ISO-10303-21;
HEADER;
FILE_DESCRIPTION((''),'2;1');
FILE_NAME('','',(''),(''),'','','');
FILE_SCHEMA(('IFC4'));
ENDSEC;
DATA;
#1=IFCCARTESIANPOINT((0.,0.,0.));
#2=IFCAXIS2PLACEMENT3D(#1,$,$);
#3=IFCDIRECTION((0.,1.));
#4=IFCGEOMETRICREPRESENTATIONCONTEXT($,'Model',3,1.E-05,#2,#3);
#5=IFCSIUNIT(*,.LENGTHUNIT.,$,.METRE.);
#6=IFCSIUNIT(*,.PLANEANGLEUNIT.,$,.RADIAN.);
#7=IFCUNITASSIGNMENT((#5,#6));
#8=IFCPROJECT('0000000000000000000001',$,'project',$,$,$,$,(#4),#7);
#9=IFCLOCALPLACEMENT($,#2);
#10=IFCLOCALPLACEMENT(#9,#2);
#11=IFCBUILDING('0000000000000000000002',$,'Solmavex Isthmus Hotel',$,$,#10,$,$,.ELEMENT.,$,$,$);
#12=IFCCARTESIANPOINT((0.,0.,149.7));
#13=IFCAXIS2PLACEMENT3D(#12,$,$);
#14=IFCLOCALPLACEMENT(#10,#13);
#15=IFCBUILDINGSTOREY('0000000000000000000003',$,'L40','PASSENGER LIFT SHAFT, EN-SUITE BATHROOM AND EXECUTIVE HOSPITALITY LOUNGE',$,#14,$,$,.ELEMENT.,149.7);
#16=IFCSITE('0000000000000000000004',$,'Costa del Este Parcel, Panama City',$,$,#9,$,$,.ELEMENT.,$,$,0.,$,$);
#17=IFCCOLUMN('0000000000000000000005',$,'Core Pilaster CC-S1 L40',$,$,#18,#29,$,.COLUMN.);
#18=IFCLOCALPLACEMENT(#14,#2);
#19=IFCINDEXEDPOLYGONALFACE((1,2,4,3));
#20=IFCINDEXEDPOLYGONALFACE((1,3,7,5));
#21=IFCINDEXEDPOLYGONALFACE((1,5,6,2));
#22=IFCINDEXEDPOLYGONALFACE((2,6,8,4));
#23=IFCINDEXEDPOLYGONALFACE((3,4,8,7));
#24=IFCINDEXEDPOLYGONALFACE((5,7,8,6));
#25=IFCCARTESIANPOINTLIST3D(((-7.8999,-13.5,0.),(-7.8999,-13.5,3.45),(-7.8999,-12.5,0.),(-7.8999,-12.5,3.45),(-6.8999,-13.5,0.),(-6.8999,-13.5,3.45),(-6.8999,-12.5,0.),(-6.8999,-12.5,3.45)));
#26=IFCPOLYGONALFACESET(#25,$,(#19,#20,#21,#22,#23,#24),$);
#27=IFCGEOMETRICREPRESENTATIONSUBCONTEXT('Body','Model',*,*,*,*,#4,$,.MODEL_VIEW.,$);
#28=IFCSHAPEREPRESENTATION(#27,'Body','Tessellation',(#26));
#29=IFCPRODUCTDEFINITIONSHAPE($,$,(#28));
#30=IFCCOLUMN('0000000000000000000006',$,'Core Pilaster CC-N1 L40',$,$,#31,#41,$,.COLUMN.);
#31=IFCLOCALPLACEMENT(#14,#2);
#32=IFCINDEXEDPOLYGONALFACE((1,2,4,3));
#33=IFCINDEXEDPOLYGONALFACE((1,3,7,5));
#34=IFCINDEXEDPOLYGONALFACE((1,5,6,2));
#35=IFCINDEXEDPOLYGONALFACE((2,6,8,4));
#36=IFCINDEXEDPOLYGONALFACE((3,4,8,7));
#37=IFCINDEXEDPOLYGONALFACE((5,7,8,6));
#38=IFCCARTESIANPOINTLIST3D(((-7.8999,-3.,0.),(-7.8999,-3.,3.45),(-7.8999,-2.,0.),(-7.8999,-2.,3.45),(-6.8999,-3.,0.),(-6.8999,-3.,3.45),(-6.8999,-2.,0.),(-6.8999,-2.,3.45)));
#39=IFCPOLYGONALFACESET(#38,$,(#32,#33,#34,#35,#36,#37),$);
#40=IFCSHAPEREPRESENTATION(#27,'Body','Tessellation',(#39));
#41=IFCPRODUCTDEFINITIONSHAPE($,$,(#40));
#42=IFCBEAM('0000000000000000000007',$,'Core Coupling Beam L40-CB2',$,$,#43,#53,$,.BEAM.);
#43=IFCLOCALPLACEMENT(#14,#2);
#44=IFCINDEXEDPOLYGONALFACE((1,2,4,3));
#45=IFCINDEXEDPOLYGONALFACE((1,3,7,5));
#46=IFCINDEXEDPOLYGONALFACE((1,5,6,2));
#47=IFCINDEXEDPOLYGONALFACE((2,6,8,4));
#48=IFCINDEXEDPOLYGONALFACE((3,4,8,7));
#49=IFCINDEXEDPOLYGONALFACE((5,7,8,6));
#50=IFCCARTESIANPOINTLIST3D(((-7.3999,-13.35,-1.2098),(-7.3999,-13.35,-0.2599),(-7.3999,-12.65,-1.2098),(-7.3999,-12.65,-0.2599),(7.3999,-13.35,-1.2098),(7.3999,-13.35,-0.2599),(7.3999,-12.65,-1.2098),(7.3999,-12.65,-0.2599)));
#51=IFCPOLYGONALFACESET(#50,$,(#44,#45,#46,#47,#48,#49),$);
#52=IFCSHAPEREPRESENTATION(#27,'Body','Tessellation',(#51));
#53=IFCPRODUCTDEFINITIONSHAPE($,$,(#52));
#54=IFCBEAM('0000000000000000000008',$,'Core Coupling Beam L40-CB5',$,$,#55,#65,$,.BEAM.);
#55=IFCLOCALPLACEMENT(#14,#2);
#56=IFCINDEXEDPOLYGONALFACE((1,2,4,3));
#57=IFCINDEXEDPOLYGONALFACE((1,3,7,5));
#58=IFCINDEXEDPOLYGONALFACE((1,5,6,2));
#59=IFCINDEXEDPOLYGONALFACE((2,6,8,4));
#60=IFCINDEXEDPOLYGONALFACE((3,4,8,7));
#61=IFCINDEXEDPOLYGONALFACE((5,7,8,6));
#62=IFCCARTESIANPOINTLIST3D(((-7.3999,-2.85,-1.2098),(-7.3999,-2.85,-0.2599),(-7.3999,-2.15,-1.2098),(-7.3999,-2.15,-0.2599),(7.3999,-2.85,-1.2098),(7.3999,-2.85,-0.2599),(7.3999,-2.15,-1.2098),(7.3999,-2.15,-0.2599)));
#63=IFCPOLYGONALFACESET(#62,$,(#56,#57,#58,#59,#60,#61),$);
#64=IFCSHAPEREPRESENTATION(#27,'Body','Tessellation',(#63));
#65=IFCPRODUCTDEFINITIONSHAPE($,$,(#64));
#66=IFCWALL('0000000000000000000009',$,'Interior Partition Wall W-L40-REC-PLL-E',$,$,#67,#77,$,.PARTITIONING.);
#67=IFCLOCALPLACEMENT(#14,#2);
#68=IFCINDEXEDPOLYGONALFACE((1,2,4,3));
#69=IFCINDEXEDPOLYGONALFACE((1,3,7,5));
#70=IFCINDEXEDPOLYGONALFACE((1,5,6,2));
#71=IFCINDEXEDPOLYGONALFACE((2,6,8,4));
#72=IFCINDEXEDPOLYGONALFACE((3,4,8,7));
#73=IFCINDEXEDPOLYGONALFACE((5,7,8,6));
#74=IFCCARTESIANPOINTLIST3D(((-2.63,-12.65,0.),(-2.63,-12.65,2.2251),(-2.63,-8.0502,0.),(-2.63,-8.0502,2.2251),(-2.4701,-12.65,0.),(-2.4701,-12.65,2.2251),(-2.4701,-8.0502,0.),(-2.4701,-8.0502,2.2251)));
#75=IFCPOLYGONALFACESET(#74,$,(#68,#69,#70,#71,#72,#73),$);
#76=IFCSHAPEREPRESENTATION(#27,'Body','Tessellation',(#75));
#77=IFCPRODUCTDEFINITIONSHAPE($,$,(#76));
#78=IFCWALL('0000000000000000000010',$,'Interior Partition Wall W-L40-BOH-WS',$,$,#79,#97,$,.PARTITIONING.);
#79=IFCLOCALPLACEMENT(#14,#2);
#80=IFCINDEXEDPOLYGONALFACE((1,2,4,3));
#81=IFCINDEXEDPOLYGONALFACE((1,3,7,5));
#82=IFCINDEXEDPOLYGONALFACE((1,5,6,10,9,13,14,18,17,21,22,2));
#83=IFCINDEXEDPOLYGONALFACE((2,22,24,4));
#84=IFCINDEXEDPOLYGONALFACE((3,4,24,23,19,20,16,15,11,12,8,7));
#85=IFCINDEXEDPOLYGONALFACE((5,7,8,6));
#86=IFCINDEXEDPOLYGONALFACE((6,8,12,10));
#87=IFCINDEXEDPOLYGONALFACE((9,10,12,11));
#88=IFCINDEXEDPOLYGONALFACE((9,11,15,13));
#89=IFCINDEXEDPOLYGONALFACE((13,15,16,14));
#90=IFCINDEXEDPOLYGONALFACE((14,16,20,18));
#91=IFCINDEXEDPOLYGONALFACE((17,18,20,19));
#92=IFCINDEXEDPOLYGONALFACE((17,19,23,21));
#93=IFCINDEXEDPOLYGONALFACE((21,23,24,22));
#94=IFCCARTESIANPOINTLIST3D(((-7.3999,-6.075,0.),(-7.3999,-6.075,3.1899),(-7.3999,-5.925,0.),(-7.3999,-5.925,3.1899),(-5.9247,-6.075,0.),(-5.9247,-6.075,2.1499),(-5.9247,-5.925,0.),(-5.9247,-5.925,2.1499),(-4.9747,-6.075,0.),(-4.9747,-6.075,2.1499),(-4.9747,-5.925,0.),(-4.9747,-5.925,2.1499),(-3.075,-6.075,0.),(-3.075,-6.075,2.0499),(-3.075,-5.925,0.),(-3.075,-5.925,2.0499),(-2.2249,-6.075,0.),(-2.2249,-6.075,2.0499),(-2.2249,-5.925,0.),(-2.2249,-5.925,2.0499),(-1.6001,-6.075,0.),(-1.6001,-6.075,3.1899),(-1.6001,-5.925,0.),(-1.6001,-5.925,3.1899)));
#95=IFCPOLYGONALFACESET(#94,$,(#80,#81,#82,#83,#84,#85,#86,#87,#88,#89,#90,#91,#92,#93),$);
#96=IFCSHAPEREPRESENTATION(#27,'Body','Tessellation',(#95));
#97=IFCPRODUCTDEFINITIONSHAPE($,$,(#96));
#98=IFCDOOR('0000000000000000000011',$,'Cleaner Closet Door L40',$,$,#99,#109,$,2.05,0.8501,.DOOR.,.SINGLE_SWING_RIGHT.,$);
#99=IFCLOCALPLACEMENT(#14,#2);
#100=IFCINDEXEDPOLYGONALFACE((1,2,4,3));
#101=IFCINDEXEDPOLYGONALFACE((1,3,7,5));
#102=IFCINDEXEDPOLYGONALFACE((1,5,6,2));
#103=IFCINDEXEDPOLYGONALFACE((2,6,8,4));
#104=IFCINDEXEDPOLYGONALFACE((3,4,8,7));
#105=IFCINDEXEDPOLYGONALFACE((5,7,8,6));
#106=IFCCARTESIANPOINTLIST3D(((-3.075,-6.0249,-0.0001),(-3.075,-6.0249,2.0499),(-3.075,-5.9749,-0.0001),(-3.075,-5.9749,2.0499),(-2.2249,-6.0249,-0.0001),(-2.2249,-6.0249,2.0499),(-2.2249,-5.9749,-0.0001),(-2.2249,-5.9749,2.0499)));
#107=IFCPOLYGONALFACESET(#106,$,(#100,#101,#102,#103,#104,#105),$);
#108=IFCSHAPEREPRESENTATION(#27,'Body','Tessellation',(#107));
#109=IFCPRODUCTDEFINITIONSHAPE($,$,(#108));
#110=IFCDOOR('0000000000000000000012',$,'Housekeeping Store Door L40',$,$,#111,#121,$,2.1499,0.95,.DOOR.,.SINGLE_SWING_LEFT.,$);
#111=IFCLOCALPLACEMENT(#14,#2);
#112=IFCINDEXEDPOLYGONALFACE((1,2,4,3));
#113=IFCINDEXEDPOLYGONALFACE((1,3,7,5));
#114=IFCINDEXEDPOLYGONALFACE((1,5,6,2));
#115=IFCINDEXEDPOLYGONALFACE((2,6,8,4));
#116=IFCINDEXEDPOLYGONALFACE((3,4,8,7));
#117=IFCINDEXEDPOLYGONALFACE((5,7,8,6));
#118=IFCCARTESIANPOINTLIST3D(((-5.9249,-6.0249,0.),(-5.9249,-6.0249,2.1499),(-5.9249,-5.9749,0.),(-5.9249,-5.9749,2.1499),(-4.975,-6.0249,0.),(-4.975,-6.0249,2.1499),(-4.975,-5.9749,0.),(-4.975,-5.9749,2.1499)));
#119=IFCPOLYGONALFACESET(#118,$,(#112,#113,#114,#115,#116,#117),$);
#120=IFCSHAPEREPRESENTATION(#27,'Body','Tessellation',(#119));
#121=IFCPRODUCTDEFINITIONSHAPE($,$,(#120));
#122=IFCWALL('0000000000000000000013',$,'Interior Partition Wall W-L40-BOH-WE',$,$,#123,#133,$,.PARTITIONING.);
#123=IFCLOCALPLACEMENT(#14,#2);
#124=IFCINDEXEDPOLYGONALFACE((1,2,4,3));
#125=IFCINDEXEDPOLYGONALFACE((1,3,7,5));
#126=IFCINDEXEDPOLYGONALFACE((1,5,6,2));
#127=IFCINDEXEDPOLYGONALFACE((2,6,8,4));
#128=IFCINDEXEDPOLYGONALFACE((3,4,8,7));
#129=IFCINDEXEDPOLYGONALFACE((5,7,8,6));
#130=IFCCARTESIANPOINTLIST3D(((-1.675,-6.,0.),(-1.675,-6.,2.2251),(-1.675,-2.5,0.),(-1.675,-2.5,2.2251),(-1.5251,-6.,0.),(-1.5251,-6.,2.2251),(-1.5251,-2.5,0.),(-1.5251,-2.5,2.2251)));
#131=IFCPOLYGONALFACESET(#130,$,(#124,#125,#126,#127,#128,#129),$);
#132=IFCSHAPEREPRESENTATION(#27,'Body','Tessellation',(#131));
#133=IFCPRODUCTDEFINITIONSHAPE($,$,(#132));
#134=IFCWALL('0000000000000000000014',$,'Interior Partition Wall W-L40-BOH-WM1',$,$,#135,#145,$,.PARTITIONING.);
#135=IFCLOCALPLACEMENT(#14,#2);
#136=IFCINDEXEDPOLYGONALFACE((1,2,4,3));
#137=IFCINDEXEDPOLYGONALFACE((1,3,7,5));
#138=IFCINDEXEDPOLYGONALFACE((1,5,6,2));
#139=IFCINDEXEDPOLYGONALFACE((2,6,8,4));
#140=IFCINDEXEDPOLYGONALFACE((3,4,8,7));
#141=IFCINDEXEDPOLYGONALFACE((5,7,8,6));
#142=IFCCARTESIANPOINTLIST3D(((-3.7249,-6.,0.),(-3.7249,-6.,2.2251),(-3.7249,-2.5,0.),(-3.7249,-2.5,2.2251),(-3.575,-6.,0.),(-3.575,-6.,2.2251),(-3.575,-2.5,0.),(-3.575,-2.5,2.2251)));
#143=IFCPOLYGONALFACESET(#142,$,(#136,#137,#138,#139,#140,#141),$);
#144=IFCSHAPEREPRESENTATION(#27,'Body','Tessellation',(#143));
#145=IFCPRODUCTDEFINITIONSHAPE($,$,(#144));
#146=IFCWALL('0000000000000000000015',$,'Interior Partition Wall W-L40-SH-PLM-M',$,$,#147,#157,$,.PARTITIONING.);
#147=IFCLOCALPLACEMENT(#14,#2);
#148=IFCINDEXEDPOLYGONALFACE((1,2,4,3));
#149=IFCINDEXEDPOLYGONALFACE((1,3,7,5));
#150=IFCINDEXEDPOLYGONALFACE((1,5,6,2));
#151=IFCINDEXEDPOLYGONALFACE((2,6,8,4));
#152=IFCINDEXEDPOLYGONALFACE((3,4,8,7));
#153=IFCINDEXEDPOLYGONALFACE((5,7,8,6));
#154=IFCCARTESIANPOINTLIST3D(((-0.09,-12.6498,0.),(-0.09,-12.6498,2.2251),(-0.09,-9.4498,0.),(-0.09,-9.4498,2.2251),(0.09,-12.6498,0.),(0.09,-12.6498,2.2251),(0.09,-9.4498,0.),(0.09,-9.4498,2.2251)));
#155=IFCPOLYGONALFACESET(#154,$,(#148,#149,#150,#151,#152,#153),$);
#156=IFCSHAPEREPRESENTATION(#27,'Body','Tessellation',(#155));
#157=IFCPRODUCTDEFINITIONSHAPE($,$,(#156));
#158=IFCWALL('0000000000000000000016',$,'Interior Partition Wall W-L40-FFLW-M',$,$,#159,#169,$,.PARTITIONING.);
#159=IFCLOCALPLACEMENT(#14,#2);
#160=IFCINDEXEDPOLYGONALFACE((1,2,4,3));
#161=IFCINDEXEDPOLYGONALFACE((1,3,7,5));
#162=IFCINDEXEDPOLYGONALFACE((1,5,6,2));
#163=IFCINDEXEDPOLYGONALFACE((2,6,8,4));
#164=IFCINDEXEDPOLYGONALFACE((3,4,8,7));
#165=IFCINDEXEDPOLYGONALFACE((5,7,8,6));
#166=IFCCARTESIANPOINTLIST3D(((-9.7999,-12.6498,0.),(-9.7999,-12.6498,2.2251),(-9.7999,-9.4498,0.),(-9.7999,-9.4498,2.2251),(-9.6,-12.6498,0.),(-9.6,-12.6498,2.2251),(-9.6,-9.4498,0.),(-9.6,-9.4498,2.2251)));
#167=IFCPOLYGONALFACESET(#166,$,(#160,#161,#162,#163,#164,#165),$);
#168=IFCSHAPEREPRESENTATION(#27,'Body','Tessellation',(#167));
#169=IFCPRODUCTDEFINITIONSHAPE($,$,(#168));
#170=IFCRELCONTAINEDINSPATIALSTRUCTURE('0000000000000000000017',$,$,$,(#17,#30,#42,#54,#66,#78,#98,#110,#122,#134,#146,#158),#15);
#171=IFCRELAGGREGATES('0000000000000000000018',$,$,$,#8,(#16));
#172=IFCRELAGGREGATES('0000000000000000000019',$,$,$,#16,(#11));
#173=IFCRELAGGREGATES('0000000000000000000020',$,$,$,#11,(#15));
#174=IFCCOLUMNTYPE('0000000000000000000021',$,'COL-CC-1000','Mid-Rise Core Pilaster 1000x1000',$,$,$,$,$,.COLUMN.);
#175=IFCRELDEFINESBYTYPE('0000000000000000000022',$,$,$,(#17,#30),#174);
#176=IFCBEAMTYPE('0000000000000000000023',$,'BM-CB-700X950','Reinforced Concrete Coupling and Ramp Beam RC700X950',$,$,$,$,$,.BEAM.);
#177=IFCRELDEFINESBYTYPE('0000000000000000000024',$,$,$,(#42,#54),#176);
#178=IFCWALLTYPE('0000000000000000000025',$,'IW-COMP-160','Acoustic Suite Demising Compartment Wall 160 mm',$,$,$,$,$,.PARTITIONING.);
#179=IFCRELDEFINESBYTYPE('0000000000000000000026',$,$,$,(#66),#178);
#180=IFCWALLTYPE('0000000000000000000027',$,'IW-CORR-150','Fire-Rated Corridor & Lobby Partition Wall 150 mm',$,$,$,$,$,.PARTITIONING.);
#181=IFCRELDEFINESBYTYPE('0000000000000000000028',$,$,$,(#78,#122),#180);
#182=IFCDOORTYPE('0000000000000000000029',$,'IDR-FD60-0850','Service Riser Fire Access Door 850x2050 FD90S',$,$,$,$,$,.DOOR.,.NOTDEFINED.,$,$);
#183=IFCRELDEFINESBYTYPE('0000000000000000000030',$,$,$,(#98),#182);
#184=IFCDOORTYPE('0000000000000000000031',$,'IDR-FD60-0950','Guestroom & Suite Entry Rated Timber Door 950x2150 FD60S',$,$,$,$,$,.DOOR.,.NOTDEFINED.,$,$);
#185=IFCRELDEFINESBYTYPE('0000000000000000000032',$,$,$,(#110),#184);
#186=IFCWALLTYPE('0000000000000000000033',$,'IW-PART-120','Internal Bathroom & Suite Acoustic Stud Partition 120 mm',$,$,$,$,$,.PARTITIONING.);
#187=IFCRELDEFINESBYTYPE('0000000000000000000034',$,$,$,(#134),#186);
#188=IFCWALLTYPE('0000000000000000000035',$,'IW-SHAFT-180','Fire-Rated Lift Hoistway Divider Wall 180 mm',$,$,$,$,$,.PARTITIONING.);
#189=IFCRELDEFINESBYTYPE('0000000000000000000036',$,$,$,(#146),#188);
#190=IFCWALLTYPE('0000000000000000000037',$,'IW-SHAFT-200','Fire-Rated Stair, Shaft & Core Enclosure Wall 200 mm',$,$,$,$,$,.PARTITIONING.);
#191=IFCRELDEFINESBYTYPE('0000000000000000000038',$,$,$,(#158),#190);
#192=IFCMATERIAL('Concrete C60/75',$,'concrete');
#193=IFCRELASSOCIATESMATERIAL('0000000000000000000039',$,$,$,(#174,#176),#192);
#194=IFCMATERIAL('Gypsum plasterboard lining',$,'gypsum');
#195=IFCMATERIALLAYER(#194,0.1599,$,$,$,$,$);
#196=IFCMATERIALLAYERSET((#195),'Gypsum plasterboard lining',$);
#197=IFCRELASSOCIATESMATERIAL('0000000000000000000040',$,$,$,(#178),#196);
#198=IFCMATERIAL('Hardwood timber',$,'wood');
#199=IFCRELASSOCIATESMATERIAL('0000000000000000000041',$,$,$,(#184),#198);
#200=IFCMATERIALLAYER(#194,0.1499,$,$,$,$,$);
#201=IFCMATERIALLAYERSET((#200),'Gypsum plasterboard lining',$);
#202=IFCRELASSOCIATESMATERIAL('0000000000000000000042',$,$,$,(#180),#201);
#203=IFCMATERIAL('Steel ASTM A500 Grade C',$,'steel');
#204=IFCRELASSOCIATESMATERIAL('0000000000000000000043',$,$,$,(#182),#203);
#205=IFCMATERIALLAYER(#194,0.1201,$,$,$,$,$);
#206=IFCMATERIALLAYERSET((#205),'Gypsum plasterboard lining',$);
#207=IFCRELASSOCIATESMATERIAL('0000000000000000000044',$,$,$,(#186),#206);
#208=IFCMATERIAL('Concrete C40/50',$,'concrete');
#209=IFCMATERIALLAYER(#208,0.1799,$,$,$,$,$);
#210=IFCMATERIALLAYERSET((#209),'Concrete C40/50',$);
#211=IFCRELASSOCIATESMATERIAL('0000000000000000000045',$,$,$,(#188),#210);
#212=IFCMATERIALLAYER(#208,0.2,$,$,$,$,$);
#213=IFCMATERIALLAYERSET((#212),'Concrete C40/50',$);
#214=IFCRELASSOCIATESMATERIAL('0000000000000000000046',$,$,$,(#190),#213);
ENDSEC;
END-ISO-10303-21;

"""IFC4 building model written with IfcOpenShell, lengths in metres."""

from ifc_helpers import new_model, si_unit, direction, frame, frame_2d, origin, origin_2d, place, context, subcontext, project, spatial, rectangle, extrude, material, layer, layer_set, material_profile, profile_set, type_object, element, fill, save


model = new_model("IFC4")

# Units and contexts
model_context = context("Model", 3, precision=1e-05, world=origin(), true_north=direction((0.0, 1.0)))
body_context = subcontext(model_context, "Body", "Model", "MODEL_VIEW")
ifc_project = project(units=[si_unit("LENGTHUNIT", "METRE"), si_unit("PLANEANGLEUNIT", "RADIAN")], contexts=[model_context])

# Site, building, storey
site_placement = place(None, origin())
site = spatial("IfcSite", under=ifc_project, at=site_placement, Name="Costa del Este Parcel, Panama City", CompositionType="ELEMENT", RefElevation=0.0)
building_placement = place(site_placement, origin())
building = spatial("IfcBuilding", under=site, at=building_placement, Name="Solmavex Isthmus Hotel", CompositionType="ELEMENT")
storey_placement = place(building_placement, frame((0.0, 0.0, 149.7)))
storey = spatial("IfcBuildingStorey", under=building, at=storey_placement, Name="L40", Description="PASSENGER LIFT SHAFT, EN-SUITE BATHROOM AND EXECUTIVE HOSPITALITY LOUNGE", CompositionType="ELEMENT", Elevation=149.7)

# Columns
ifc_material_1 = material(Name="Concrete C60/75", Category="concrete")
ifc_material_profile_1 = material_profile(ifc_material_1, rectangle(XDim=1.0, YDim=1.0, at=origin_2d()), Name="RC1000X1000")
ifc_profile_set_1 = profile_set([ifc_material_profile_1], Name="Concrete C60/75")
column_type = type_object("IfcColumnType", Name="COL-CC-1000", Description="Mid-Rise Core Pilaster 1000x1000", PredefinedType="COLUMN", material=ifc_profile_set_1)
for number, where, z_axis, x_axis, name in (
    (1, (-7.3999, -13.0, 0.0), (0.0, 0.0, 1.0), (1.0, 0.0, 0.0), "Core Pilaster CC-S1 L40"),
    (2, (-7.3999, -2.5, 0.0), (0.0, 0.0, 1.0), (1.0, 0.0, 0.0), "Core Pilaster CC-N1 L40"),
):
    element("IfcColumn", number, at=place(storey_placement, frame(where, z_axis=z_axis, x_axis=x_axis)), inside=storey, type_object=column_type, Name=name, PredefinedType="COLUMN", context=body_context, shape_type="SweptSolid", body=[
        extrude(rectangle(XDim=1.0, YDim=1.0, at=origin_2d()), origin(), (0.0, 0.0, 1.0), 3.45),
    ])

# Beams
ifc_material_profile_2 = material_profile(ifc_material_1, rectangle(XDim=0.7, YDim=0.95, at=origin_2d()), Name="RC700X950")
ifc_profile_set_2 = profile_set([ifc_material_profile_2], Name="Concrete C60/75")
beam_type = type_object("IfcBeamType", Name="BM-CB-700X950", Description="Reinforced Concrete Coupling and Ramp Beam RC700X950", PredefinedType="BEAM", material=ifc_profile_set_2)
for number, where, z_axis, x_axis, name in (
    (3, (-7.3999, -13.0, -0.7349), (1.0, 0.0, 0.0), (0.0, 1.0, 0.0), "Core Coupling Beam L40-CB2"),
    (4, (-7.3999, -2.5, -0.7349), (1.0, 0.0, 0.0), (0.0, 1.0, 0.0), "Core Coupling Beam L40-CB5"),
):
    element("IfcBeam", number, at=place(storey_placement, frame(where, z_axis=z_axis, x_axis=x_axis)), inside=storey, type_object=beam_type, Name=name, PredefinedType="BEAM", context=body_context, shape_type="SweptSolid", body=[
        extrude(rectangle(XDim=0.7, YDim=0.95, at=origin_2d()), origin(), (0.0, 0.0, 1.0), 14.7998),
    ])

# Shared definitions
ifc_material_2 = material(Name="Gypsum plasterboard lining", Category="gypsum")
ifc_layer_1 = layer(ifc_material_2, 0.1599)
ifc_layer_set_1 = layer_set([ifc_layer_1], Name="Gypsum plasterboard lining")
wall_type_1 = type_object("IfcWallType", Name="IW-COMP-160", Description="Acoustic Suite Demising Compartment Wall 160 mm", PredefinedType="PARTITIONING", material=ifc_layer_set_1)
ifc_material_3 = material(Name="Hardwood timber", Category="wood")
door_type_1 = type_object("IfcDoorType", Name="IDR-FD60-0950", Description="Guestroom & Suite Entry Rated Timber Door 950x2150 FD60S", OperationType="NOTDEFINED", PredefinedType="DOOR", material=ifc_material_3)

# Wall
wall_1_placement = place(storey_placement, frame((-2.55, -12.6499, 0.0), z_axis=(0.0, 0.0, 1.0), x_axis=(0.0, 1.0, 0.0)))
element("IfcWall", 5, at=wall_1_placement, inside=storey, type_object=wall_type_1, Name="Interior Partition Wall W-L40-REC-PLL-E", PredefinedType="PARTITIONING", context=body_context, shape_type="SweptSolid", body=[
    extrude(rectangle(XDim=4.5999, YDim=0.1599, at=frame_2d((2.2998, 0.0))), origin(), (0.0, 0.0, 1.0), 2.2251),
])

# Wall, openings, doors
ifc_layer_2 = layer(ifc_material_2, 0.1499)
ifc_layer_set_2 = layer_set([ifc_layer_2], Name="Gypsum plasterboard lining")
wall_type_2 = type_object("IfcWallType", Name="IW-CORR-150", Description="Fire-Rated Corridor & Lobby Partition Wall 150 mm", PredefinedType="PARTITIONING", material=ifc_layer_set_2)
wall_2_placement = place(storey_placement, frame((-7.3999, -6.0, 0.0), z_axis=(0.0, 0.0, 1.0), x_axis=(1.0, 0.0, 0.0)))
wall_2 = element("IfcWall", 6, at=wall_2_placement, inside=storey, type_object=wall_type_2, Name="Interior Partition Wall W-L40-BOH-WS", PredefinedType="PARTITIONING", context=body_context, shape_type="SweptSolid", body=[
    extrude(rectangle(XDim=5.7998, YDim=0.1499, at=frame_2d((2.8999, 0.0))), origin(), (0.0, 0.0, 1.0), 3.1899),
])
opening_1_placement = place(wall_2_placement, frame((1.4751, 0.0, 0.0)))
opening_1 = element("IfcOpeningElement", 7, at=opening_1_placement, cuts=wall_2, PredefinedType="OPENING", context=body_context, shape_type="SweptSolid", body=[
    extrude(rectangle(XDim=0.95, YDim=2.1499, at=frame_2d((0.4751, 1.075))), frame((0.0, 0.085, 0.0), z_axis=(0.0, -1.0, 0.0), x_axis=(1.0, 0.0, 0.0)), (0.0, 0.0, 1.0), 0.1699),
])
opening_2_placement = place(wall_2_placement, frame((4.325, 0.0, 0.0)))
opening_2 = element("IfcOpeningElement", 8, at=opening_2_placement, cuts=wall_2, PredefinedType="OPENING", context=body_context, shape_type="SweptSolid", body=[
    extrude(rectangle(XDim=0.8501, YDim=2.05, at=frame_2d((0.425, 1.0249))), frame((0.0, 0.085, 0.0), z_axis=(0.0, -1.0, 0.0), x_axis=(1.0, 0.0, 0.0)), (0.0, 0.0, 1.0), 0.1699),
])
ifc_material_4 = material(Name="Steel ASTM A500 Grade C", Category="steel")
door_type_2 = type_object("IfcDoorType", Name="IDR-FD60-0850", Description="Service Riser Fire Access Door 850x2050 FD90S", OperationType="NOTDEFINED", PredefinedType="DOOR", material=ifc_material_4)
door_1_placement = place(opening_2_placement, frame((0.8501, 0.0, 0.0), z_axis=(0.0, 0.0, 1.0), x_axis=(-1.0, 0.0, 0.0)))
door_1 = element("IfcDoor", 9, at=door_1_placement, inside=storey, type_object=door_type_2, Name="Cleaner Closet Door L40", OperationType="SINGLE_SWING_RIGHT", OverallHeight=2.05, OverallWidth=0.8501, PredefinedType="DOOR", context=body_context, shape_type="SweptSolid", body=[
    extrude(rectangle(XDim=0.8501, YDim=2.05, at=frame_2d((0.425, 1.0249))), frame((0.0, 0.0249, 0.0), z_axis=(0.0, -1.0, 0.0), x_axis=(1.0, 0.0, 0.0)), (0.0, 0.0, 1.0), 0.05),
])
fill(opening_2, door_1)
door_2_placement = place(opening_1_placement, frame((0.95, 0.0, 0.0), z_axis=(0.0, 0.0, 1.0), x_axis=(-1.0, 0.0, 0.0)))
door_2 = element("IfcDoor", 10, at=door_2_placement, inside=storey, type_object=door_type_1, Name="Housekeeping Store Door L40", OperationType="SINGLE_SWING_LEFT", OverallHeight=2.1499, OverallWidth=0.95, PredefinedType="DOOR", context=body_context, shape_type="SweptSolid", body=[
    extrude(rectangle(XDim=0.95, YDim=2.1499, at=frame_2d((0.4751, 1.075))), frame((0.0, 0.0249, 0.0), z_axis=(0.0, -1.0, 0.0), x_axis=(1.0, 0.0, 0.0)), (0.0, 0.0, 1.0), 0.05),
])
fill(opening_1, door_2)

# Walls
wall_3_placement = place(storey_placement, frame((-1.6001, -6.0, 0.0), z_axis=(0.0, 0.0, 1.0), x_axis=(0.0, 1.0, 0.0)))
element("IfcWall", 11, at=wall_3_placement, inside=storey, type_object=wall_type_2, Name="Interior Partition Wall W-L40-BOH-WE", PredefinedType="PARTITIONING", context=body_context, shape_type="SweptSolid", body=[
    extrude(rectangle(XDim=3.5, YDim=0.1499, at=frame_2d((1.75, 0.0))), origin(), (0.0, 0.0, 1.0), 2.2251),
])
ifc_layer_3 = layer(ifc_material_2, 0.1201)
ifc_layer_set_3 = layer_set([ifc_layer_3], Name="Gypsum plasterboard lining")
wall_type_3 = type_object("IfcWallType", Name="IW-PART-120", Description="Internal Bathroom & Suite Acoustic Stud Partition 120 mm", PredefinedType="PARTITIONING", material=ifc_layer_set_3)
wall_4_placement = place(storey_placement, frame((-3.6499, -6.0, 0.0), z_axis=(0.0, 0.0, 1.0), x_axis=(0.0, 1.0, 0.0)))
element("IfcWall", 12, at=wall_4_placement, inside=storey, type_object=wall_type_3, Name="Interior Partition Wall W-L40-BOH-WM1", PredefinedType="PARTITIONING", context=body_context, shape_type="SweptSolid", body=[
    extrude(rectangle(XDim=3.5, YDim=0.1499, at=frame_2d((1.75, 0.0))), origin(), (0.0, 0.0, 1.0), 2.2251),
])
ifc_material_5 = material(Name="Concrete C40/50", Category="concrete")
ifc_layer_4 = layer(ifc_material_5, 0.1799)
ifc_layer_set_4 = layer_set([ifc_layer_4], Name="Concrete C40/50")
wall_type_4 = type_object("IfcWallType", Name="IW-SHAFT-180", Description="Fire-Rated Lift Hoistway Divider Wall 180 mm", PredefinedType="PARTITIONING", material=ifc_layer_set_4)
wall_5_placement = place(storey_placement, frame((0.0, -12.6499, 0.0), z_axis=(0.0, 0.0, 1.0), x_axis=(0.0, 1.0, 0.0)))
element("IfcWall", 13, at=wall_5_placement, inside=storey, type_object=wall_type_4, Name="Interior Partition Wall W-L40-SH-PLM-M", PredefinedType="PARTITIONING", context=body_context, shape_type="SweptSolid", body=[
    extrude(rectangle(XDim=3.2, YDim=0.1799, at=frame_2d((1.6001, 0.0))), origin(), (0.0, 0.0, 1.0), 2.2251),
])
ifc_layer_5 = layer(ifc_material_5, 0.2)
ifc_layer_set_5 = layer_set([ifc_layer_5], Name="Concrete C40/50")
wall_type_5 = type_object("IfcWallType", Name="IW-SHAFT-200", Description="Fire-Rated Stair, Shaft & Core Enclosure Wall 200 mm", PredefinedType="PARTITIONING", material=ifc_layer_set_5)
wall_6_placement = place(storey_placement, frame((-9.7, -12.6499, 0.0), z_axis=(0.0, 0.0, 1.0), x_axis=(0.0, 1.0, 0.0)))
element("IfcWall", 14, at=wall_6_placement, inside=storey, type_object=wall_type_5, Name="Interior Partition Wall W-L40-FFLW-M", PredefinedType="PARTITIONING", context=body_context, shape_type="SweptSolid", body=[
    extrude(rectangle(XDim=3.2, YDim=0.2, at=frame_2d((1.6001, 0.0))), origin(), (0.0, 0.0, 1.0), 2.2251),
])

save(model, "model.ifc")
